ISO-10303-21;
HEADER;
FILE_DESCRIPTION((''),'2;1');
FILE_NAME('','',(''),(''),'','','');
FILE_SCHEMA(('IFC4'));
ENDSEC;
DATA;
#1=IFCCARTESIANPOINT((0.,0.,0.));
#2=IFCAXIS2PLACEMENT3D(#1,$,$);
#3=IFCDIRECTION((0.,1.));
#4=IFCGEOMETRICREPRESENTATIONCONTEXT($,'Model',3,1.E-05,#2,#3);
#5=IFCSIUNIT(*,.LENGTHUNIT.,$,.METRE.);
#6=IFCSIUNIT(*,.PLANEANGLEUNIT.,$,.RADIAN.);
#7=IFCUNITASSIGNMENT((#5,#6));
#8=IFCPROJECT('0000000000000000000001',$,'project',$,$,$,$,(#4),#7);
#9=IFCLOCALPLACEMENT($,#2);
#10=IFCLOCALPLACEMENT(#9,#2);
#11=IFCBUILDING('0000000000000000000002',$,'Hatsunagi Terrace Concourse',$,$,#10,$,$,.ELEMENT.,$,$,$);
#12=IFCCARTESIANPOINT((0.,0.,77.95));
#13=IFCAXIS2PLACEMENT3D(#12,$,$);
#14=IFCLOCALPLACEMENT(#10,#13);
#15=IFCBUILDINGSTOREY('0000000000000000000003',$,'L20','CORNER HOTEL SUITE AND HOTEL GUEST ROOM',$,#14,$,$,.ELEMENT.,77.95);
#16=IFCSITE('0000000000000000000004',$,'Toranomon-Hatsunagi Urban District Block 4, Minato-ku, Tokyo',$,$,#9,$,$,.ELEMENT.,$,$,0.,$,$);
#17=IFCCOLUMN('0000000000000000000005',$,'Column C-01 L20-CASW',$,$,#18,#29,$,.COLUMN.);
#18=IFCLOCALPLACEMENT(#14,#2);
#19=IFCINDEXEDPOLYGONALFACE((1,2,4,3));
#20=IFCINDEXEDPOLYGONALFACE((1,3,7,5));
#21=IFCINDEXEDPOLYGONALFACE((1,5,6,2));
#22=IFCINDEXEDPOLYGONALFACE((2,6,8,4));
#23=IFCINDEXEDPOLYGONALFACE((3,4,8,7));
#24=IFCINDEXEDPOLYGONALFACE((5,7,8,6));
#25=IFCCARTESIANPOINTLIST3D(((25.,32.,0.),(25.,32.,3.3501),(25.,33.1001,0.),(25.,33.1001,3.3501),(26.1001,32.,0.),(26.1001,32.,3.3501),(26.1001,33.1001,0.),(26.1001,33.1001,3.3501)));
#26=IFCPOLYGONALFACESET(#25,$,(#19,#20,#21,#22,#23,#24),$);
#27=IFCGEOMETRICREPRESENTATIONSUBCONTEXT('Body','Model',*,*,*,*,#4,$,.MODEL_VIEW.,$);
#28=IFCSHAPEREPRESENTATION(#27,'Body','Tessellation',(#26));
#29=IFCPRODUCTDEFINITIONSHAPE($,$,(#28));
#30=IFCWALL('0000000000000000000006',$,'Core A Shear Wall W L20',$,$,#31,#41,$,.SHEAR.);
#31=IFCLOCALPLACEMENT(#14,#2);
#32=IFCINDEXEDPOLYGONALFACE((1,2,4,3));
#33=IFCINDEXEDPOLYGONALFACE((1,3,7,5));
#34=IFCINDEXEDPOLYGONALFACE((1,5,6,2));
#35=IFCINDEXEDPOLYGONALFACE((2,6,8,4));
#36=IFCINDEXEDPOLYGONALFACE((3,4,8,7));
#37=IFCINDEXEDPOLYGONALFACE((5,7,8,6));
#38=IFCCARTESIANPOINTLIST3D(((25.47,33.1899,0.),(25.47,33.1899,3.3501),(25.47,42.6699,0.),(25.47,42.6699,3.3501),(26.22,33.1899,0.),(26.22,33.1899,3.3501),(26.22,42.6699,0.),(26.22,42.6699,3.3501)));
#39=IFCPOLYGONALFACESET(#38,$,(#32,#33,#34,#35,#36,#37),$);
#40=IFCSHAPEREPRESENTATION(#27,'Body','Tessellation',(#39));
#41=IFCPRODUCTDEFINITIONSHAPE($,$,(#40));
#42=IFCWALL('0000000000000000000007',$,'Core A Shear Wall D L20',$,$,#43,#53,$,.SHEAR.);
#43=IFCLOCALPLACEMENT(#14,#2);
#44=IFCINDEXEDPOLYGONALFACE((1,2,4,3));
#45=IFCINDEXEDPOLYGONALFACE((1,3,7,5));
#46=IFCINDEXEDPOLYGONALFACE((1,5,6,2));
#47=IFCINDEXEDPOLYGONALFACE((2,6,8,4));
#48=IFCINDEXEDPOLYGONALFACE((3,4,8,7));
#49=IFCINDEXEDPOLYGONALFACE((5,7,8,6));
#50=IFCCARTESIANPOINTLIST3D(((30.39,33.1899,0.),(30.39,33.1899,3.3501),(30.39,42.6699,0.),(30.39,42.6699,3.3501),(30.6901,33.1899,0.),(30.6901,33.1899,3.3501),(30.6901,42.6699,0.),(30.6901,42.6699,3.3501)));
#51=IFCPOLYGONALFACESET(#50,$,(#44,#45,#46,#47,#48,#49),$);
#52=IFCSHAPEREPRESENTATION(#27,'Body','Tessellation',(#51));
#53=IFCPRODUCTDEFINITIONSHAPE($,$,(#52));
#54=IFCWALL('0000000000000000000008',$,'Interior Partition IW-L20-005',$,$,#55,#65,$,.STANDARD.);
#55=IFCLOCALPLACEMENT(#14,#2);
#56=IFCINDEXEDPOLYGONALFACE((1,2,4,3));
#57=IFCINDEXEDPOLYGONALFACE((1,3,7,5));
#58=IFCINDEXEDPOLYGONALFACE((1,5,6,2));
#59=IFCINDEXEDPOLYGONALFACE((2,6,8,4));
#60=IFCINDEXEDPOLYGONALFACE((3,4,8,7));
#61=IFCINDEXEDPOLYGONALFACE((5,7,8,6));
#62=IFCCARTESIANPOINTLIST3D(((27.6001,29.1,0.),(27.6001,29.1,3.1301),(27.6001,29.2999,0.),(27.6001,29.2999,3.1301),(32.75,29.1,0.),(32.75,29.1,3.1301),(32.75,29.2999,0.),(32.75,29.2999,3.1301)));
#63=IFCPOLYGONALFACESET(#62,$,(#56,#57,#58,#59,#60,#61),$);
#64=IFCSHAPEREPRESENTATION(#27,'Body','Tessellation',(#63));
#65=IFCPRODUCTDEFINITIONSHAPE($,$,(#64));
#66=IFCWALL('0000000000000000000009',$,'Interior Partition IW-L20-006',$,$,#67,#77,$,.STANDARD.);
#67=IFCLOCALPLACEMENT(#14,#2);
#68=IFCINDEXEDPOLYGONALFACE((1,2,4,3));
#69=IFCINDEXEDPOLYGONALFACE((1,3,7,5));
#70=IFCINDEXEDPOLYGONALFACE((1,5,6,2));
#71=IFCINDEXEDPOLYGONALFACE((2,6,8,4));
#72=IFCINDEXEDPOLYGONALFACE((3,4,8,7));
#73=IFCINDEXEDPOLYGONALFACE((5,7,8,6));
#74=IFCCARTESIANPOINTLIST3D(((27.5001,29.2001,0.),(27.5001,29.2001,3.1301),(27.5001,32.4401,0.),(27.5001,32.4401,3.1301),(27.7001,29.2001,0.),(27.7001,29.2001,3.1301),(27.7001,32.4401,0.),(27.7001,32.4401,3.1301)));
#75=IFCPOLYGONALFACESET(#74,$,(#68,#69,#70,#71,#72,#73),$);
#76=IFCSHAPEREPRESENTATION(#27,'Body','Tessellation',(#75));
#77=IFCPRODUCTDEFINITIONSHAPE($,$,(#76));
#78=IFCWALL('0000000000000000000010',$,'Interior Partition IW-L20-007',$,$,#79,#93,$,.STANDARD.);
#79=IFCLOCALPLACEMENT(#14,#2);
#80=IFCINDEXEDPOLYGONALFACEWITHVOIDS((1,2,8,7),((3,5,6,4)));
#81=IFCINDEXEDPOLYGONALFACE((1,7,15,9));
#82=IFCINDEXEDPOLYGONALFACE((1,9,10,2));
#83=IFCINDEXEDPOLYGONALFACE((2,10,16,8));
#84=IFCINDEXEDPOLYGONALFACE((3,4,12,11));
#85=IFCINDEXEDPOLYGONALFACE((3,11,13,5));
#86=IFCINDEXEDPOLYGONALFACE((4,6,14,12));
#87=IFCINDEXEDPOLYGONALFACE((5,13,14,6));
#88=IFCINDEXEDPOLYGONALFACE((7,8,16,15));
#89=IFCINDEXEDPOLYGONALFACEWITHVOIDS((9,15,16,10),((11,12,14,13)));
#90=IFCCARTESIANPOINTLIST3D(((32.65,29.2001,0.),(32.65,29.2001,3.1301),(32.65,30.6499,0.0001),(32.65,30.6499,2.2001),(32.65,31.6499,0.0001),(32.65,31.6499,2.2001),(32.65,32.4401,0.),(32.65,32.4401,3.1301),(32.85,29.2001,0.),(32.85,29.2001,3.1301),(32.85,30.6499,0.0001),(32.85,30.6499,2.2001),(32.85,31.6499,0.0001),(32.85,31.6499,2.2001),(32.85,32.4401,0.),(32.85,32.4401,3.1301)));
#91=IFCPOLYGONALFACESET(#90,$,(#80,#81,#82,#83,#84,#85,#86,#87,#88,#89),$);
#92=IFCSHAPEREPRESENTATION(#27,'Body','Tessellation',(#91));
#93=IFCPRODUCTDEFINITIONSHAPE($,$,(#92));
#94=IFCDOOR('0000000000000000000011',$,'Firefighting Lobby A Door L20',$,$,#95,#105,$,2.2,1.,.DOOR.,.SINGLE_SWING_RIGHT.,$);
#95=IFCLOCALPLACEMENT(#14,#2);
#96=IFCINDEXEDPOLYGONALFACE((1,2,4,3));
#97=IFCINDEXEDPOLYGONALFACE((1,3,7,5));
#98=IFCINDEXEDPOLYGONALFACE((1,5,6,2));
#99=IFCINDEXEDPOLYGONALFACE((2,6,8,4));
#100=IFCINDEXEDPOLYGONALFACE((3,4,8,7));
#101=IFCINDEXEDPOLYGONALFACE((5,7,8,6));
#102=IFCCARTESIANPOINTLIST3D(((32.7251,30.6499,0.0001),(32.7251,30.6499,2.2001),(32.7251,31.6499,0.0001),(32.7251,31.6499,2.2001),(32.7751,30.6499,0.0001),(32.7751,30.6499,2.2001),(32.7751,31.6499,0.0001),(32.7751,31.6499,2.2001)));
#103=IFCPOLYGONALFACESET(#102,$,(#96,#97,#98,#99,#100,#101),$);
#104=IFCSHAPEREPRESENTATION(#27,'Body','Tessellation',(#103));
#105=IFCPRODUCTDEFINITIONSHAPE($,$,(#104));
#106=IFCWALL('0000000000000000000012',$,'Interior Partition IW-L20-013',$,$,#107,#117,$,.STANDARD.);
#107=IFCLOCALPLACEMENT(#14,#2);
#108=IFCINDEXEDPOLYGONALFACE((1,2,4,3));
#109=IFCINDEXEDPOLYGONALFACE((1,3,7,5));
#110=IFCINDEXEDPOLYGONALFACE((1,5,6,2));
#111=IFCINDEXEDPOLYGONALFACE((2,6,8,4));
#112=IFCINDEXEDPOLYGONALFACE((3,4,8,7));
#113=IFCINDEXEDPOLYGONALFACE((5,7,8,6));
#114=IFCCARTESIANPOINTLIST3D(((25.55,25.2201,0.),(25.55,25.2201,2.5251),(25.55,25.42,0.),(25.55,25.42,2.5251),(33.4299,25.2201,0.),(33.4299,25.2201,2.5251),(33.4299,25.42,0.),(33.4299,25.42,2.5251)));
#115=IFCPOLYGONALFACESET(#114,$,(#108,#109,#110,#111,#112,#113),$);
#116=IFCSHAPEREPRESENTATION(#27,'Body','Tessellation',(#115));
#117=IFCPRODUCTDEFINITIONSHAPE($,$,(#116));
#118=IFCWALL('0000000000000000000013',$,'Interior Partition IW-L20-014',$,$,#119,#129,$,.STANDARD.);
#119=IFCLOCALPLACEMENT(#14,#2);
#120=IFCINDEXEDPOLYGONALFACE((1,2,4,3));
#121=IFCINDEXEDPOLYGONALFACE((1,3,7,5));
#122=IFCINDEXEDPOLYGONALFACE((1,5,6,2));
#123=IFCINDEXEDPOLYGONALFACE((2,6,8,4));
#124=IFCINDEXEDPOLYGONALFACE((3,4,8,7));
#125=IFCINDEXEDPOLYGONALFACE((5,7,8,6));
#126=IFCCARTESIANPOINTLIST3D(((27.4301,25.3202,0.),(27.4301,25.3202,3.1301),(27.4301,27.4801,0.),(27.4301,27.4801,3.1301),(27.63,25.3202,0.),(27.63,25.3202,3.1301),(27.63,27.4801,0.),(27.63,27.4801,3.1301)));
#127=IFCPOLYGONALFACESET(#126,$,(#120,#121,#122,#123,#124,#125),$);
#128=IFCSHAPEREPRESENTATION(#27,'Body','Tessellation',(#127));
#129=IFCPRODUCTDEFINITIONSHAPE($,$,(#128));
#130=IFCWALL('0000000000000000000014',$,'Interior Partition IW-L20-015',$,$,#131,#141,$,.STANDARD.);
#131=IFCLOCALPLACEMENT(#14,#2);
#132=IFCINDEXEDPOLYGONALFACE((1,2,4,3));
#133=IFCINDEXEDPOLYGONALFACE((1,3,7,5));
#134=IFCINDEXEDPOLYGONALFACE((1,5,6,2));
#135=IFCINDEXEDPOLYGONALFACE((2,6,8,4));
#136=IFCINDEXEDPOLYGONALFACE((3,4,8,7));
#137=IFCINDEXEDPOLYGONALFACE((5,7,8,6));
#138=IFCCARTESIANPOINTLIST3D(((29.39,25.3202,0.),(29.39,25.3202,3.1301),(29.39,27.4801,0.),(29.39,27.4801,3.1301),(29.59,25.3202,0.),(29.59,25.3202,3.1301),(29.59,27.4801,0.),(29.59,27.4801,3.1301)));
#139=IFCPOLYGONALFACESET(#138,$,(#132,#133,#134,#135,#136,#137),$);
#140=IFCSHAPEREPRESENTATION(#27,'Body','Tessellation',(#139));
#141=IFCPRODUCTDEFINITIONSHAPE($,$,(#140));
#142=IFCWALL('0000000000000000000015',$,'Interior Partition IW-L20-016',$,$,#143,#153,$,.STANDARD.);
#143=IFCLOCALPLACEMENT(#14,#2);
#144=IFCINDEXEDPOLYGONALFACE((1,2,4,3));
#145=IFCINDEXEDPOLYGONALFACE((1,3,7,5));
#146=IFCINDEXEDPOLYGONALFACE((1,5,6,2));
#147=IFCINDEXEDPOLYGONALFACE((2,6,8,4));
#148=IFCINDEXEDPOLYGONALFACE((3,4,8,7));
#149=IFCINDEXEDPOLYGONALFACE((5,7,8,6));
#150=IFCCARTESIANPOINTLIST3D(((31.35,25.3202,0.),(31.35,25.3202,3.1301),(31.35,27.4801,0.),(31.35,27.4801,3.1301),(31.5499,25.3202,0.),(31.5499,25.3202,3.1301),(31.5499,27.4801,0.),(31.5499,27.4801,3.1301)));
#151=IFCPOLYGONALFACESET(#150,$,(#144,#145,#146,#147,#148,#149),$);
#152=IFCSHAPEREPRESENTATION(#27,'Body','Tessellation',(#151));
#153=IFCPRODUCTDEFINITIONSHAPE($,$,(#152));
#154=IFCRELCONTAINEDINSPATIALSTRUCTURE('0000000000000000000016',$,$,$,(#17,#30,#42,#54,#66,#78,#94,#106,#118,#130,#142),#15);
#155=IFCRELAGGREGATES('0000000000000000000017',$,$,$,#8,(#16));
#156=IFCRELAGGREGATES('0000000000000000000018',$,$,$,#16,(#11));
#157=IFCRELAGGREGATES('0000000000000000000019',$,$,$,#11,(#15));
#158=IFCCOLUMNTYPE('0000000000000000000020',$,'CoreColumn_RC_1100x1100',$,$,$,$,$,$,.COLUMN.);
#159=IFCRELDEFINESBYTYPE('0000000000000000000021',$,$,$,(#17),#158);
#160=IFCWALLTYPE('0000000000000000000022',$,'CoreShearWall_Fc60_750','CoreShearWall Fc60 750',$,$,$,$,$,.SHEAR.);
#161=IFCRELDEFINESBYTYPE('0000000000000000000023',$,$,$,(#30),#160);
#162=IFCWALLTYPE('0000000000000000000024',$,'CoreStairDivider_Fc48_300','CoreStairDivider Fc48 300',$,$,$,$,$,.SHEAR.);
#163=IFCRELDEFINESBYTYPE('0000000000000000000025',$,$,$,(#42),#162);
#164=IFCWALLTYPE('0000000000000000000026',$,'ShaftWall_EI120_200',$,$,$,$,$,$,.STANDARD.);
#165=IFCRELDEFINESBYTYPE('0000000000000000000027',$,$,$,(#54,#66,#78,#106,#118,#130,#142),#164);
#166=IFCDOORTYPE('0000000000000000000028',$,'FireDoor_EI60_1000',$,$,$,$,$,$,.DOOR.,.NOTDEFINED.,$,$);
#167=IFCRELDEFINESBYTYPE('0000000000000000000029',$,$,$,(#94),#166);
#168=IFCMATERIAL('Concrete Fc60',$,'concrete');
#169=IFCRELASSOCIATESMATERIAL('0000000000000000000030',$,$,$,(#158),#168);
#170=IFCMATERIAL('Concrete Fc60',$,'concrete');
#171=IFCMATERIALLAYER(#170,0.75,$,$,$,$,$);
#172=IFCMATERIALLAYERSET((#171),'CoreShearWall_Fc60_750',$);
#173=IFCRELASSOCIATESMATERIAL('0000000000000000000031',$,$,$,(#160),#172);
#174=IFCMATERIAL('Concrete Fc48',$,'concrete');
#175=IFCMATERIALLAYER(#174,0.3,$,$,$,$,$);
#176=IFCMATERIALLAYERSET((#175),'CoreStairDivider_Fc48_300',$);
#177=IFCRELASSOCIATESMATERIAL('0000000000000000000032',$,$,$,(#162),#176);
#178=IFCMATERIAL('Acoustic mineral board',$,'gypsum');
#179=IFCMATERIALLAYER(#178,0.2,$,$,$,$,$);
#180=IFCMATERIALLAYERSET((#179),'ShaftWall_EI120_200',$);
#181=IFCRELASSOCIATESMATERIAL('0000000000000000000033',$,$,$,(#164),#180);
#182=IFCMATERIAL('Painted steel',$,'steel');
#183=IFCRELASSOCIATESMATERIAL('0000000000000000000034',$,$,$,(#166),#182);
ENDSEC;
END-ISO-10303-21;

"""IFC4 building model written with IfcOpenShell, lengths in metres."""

from ifc_helpers import new_model, si_unit, direction, frame, frame_2d, origin, origin_2d, place, context, subcontext, project, spatial, rectangle, extrude, material, layer, layer_set, material_profile, profile_set, type_object, element, fill, save


model = new_model("IFC4")

# Units and contexts
model_context = context("Model", 3, precision=1e-05, world=origin(), true_north=direction((0.0, 1.0)))
body_context = subcontext(model_context, "Body", "Model", "MODEL_VIEW")
ifc_project = project(units=[si_unit("LENGTHUNIT", "METRE"), si_unit("PLANEANGLEUNIT", "RADIAN")], contexts=[model_context])

# Site, building, storey
site_placement = place(None, origin())
site = spatial("IfcSite", under=ifc_project, at=site_placement, Name="Toranomon-Hatsunagi Urban District Block 4, Minato-ku, Tokyo", CompositionType="ELEMENT", RefElevation=0.0)
building_placement = place(site_placement, origin())
building = spatial("IfcBuilding", under=site, at=building_placement, Name="Hatsunagi Terrace Concourse", CompositionType="ELEMENT")
storey_placement = place(building_placement, frame((0.0, 0.0, 77.95)))
storey = spatial("IfcBuildingStorey", under=building, at=storey_placement, Name="L20", Description="CORNER HOTEL SUITE AND HOTEL GUEST ROOM", CompositionType="ELEMENT", Elevation=77.95)

# Column
ifc_material_1 = material(Name="Concrete Fc60", Category="concrete")
ifc_material_profile = material_profile(ifc_material_1, rectangle(XDim=1.1001, YDim=1.1001, at=origin_2d()), Name="RC-1100x1100")
ifc_profile_set = profile_set([ifc_material_profile], Name="Concrete Fc60")
column_type = type_object("IfcColumnType", Name="CoreColumn_RC_1100x1100", PredefinedType="COLUMN", material=ifc_profile_set)
column_placement = place(storey_placement, frame((25.55, 32.55, 0.0), z_axis=(0.0, 0.0, 1.0), x_axis=(1.0, 0.0, 0.0)))
element("IfcColumn", 1, at=column_placement, inside=storey, type_object=column_type, Name="Column C-01 L20-CASW", PredefinedType="COLUMN", context=body_context, shape_type="SweptSolid", body=[
    extrude(rectangle(XDim=1.1001, YDim=1.1001, at=origin_2d()), origin(), (0.0, 0.0, 1.0), 3.3501),
])

# Walls
ifc_material_2 = material(Name="Concrete Fc60", Category="concrete")
ifc_layer_1 = layer(ifc_material_2, 0.75)
ifc_layer_set_1 = layer_set([ifc_layer_1], Name="CoreShearWall_Fc60_750")
wall_type_1 = type_object("IfcWallType", Name="CoreShearWall_Fc60_750", Description="CoreShearWall Fc60 750", PredefinedType="SHEAR", material=ifc_layer_set_1)
wall_1_placement = place(storey_placement, frame((25.845, 33.1899, 0.0), z_axis=(0.0, 0.0, 1.0), x_axis=(0.0, 1.0, 0.0)))
element("IfcWall", 2, at=wall_1_placement, inside=storey, type_object=wall_type_1, Name="Core A Shear Wall W L20", PredefinedType="SHEAR", context=body_context, shape_type="SweptSolid", body=[
    extrude(rectangle(XDim=9.48, YDim=0.75, at=frame_2d((4.74, 0.0))), origin(), (0.0, 0.0, 1.0), 3.3501),
])
ifc_material_3 = material(Name="Concrete Fc48", Category="concrete")
ifc_layer_2 = layer(ifc_material_3, 0.3)
ifc_layer_set_2 = layer_set([ifc_layer_2], Name="CoreStairDivider_Fc48_300")
wall_type_2 = type_object("IfcWallType", Name="CoreStairDivider_Fc48_300", Description="CoreStairDivider Fc48 300", PredefinedType="SHEAR", material=ifc_layer_set_2)
wall_2_placement = place(storey_placement, frame((30.54, 33.1899, 0.0), z_axis=(0.0, 0.0, 1.0), x_axis=(0.0, 1.0, 0.0)))
element("IfcWall", 3, at=wall_2_placement, inside=storey, type_object=wall_type_2, Name="Core A Shear Wall D L20", PredefinedType="SHEAR", context=body_context, shape_type="SweptSolid", body=[
    extrude(rectangle(XDim=9.48, YDim=0.3, at=frame_2d((4.74, 0.0))), origin(), (0.0, 0.0, 1.0), 3.3501),
])
ifc_material_4 = material(Name="Acoustic mineral board", Category="gypsum")
ifc_layer_3 = layer(ifc_material_4, 0.2)
ifc_layer_set_3 = layer_set([ifc_layer_3], Name="ShaftWall_EI120_200")
wall_type_3 = type_object("IfcWallType", Name="ShaftWall_EI120_200", PredefinedType="STANDARD", material=ifc_layer_set_3)
wall_3_placement = place(storey_placement, frame((27.6001, 29.2, 0.0), z_axis=(0.0, 0.0, 1.0), x_axis=(1.0, 0.0, 0.0)))
element("IfcWall", 4, at=wall_3_placement, inside=storey, type_object=wall_type_3, Name="Interior Partition IW-L20-005", PredefinedType="STANDARD", context=body_context, shape_type="SweptSolid", body=[
    extrude(rectangle(XDim=5.1499, YDim=0.2, at=frame_2d((2.575, 0.0))), origin(), (0.0, 0.0, 1.0), 3.1301),
])
wall_4_placement = place(storey_placement, frame((27.6001, 29.2, 0.0), z_axis=(0.0, 0.0, 1.0), x_axis=(0.0, 1.0, 0.0)))
element("IfcWall", 5, at=wall_4_placement, inside=storey, type_object=wall_type_3, Name="Interior Partition IW-L20-006", PredefinedType="STANDARD", context=body_context, shape_type="SweptSolid", body=[
    extrude(rectangle(XDim=3.24, YDim=0.2, at=frame_2d((1.6201, 0.0))), origin(), (0.0, 0.0, 1.0), 3.1301),
])

# Wall, opening, door
wall_5_placement = place(storey_placement, frame((32.75, 29.2, 0.0), z_axis=(0.0, 0.0, 1.0), x_axis=(0.0, 1.0, 0.0)))
wall_5 = element("IfcWall", 6, at=wall_5_placement, inside=storey, type_object=wall_type_3, Name="Interior Partition IW-L20-007", PredefinedType="STANDARD", context=body_context, shape_type="SweptSolid", body=[
    extrude(rectangle(XDim=3.24, YDim=0.2, at=frame_2d((1.6201, 0.0))), origin(), (0.0, 0.0, 1.0), 3.1301),
])
opening_1_placement = place(wall_5_placement, frame((1.45, 0.0, 0.0)))
opening_1 = element("IfcOpeningElement", 7, at=opening_1_placement, cuts=wall_5, PredefinedType="OPENING", context=body_context, shape_type="SweptSolid", body=[
    extrude(rectangle(XDim=1.0, YDim=2.2, at=frame_2d((0.5, 1.1001))), frame((0.0, 0.1099, 0.0), z_axis=(0.0, -1.0, 0.0), x_axis=(1.0, 0.0, 0.0)), (0.0, 0.0, 1.0), 0.22),
])
ifc_material_5 = material(Name="Painted steel", Category="steel")
door_type_1 = type_object("IfcDoorType", Name="FireDoor_EI60_1000", OperationType="NOTDEFINED", PredefinedType="DOOR", material=ifc_material_5)
door_1_placement = place(opening_1_placement, origin())
door_1 = element("IfcDoor", 8, at=door_1_placement, inside=storey, type_object=door_type_1, Name="Firefighting Lobby A Door L20", OperationType="SINGLE_SWING_RIGHT", OverallHeight=2.2, OverallWidth=1.0, PredefinedType="DOOR", context=body_context, shape_type="SweptSolid", body=[
    extrude(rectangle(XDim=1.0, YDim=2.2, at=frame_2d((0.5, 1.1001))), frame((0.0, 0.0249, 0.0), z_axis=(0.0, -1.0, 0.0), x_axis=(1.0, 0.0, 0.0)), (0.0, 0.0, 1.0), 0.05),
])
fill(opening_1, door_1)

# Walls
wall_6_placement = place(storey_placement, frame((25.55, 25.3201, 0.0), z_axis=(0.0, 0.0, 1.0), x_axis=(1.0, 0.0, 0.0)))
element("IfcWall", 9, at=wall_6_placement, inside=storey, type_object=wall_type_3, Name="Interior Partition IW-L20-013", PredefinedType="STANDARD", context=body_context, shape_type="SweptSolid", body=[
    extrude(rectangle(XDim=7.8799, YDim=0.2, at=frame_2d((3.9399, 0.0))), origin(), (0.0, 0.0, 1.0), 2.5251),
])
for number, where, z_axis, x_axis, name in (
    (10, (27.53, 25.3201, 0.0), (0.0, 0.0, 1.0), (0.0, 1.0, 0.0), "Interior Partition IW-L20-014"),
    (11, (29.49, 25.3201, 0.0), (0.0, 0.0, 1.0), (0.0, 1.0, 0.0), "Interior Partition IW-L20-015"),
    (12, (31.45, 25.3201, 0.0), (0.0, 0.0, 1.0), (0.0, 1.0, 0.0), "Interior Partition IW-L20-016"),
):
    element("IfcWall", number, at=place(storey_placement, frame(where, z_axis=z_axis, x_axis=x_axis)), inside=storey, type_object=wall_type_3, Name=name, PredefinedType="STANDARD", context=body_context, shape_type="SweptSolid", body=[
        extrude(rectangle(XDim=2.1599, YDim=0.2, at=frame_2d((1.0801, 0.0))), origin(), (0.0, 0.0, 1.0), 3.1301),
    ])

save(model, "model.ifc")
